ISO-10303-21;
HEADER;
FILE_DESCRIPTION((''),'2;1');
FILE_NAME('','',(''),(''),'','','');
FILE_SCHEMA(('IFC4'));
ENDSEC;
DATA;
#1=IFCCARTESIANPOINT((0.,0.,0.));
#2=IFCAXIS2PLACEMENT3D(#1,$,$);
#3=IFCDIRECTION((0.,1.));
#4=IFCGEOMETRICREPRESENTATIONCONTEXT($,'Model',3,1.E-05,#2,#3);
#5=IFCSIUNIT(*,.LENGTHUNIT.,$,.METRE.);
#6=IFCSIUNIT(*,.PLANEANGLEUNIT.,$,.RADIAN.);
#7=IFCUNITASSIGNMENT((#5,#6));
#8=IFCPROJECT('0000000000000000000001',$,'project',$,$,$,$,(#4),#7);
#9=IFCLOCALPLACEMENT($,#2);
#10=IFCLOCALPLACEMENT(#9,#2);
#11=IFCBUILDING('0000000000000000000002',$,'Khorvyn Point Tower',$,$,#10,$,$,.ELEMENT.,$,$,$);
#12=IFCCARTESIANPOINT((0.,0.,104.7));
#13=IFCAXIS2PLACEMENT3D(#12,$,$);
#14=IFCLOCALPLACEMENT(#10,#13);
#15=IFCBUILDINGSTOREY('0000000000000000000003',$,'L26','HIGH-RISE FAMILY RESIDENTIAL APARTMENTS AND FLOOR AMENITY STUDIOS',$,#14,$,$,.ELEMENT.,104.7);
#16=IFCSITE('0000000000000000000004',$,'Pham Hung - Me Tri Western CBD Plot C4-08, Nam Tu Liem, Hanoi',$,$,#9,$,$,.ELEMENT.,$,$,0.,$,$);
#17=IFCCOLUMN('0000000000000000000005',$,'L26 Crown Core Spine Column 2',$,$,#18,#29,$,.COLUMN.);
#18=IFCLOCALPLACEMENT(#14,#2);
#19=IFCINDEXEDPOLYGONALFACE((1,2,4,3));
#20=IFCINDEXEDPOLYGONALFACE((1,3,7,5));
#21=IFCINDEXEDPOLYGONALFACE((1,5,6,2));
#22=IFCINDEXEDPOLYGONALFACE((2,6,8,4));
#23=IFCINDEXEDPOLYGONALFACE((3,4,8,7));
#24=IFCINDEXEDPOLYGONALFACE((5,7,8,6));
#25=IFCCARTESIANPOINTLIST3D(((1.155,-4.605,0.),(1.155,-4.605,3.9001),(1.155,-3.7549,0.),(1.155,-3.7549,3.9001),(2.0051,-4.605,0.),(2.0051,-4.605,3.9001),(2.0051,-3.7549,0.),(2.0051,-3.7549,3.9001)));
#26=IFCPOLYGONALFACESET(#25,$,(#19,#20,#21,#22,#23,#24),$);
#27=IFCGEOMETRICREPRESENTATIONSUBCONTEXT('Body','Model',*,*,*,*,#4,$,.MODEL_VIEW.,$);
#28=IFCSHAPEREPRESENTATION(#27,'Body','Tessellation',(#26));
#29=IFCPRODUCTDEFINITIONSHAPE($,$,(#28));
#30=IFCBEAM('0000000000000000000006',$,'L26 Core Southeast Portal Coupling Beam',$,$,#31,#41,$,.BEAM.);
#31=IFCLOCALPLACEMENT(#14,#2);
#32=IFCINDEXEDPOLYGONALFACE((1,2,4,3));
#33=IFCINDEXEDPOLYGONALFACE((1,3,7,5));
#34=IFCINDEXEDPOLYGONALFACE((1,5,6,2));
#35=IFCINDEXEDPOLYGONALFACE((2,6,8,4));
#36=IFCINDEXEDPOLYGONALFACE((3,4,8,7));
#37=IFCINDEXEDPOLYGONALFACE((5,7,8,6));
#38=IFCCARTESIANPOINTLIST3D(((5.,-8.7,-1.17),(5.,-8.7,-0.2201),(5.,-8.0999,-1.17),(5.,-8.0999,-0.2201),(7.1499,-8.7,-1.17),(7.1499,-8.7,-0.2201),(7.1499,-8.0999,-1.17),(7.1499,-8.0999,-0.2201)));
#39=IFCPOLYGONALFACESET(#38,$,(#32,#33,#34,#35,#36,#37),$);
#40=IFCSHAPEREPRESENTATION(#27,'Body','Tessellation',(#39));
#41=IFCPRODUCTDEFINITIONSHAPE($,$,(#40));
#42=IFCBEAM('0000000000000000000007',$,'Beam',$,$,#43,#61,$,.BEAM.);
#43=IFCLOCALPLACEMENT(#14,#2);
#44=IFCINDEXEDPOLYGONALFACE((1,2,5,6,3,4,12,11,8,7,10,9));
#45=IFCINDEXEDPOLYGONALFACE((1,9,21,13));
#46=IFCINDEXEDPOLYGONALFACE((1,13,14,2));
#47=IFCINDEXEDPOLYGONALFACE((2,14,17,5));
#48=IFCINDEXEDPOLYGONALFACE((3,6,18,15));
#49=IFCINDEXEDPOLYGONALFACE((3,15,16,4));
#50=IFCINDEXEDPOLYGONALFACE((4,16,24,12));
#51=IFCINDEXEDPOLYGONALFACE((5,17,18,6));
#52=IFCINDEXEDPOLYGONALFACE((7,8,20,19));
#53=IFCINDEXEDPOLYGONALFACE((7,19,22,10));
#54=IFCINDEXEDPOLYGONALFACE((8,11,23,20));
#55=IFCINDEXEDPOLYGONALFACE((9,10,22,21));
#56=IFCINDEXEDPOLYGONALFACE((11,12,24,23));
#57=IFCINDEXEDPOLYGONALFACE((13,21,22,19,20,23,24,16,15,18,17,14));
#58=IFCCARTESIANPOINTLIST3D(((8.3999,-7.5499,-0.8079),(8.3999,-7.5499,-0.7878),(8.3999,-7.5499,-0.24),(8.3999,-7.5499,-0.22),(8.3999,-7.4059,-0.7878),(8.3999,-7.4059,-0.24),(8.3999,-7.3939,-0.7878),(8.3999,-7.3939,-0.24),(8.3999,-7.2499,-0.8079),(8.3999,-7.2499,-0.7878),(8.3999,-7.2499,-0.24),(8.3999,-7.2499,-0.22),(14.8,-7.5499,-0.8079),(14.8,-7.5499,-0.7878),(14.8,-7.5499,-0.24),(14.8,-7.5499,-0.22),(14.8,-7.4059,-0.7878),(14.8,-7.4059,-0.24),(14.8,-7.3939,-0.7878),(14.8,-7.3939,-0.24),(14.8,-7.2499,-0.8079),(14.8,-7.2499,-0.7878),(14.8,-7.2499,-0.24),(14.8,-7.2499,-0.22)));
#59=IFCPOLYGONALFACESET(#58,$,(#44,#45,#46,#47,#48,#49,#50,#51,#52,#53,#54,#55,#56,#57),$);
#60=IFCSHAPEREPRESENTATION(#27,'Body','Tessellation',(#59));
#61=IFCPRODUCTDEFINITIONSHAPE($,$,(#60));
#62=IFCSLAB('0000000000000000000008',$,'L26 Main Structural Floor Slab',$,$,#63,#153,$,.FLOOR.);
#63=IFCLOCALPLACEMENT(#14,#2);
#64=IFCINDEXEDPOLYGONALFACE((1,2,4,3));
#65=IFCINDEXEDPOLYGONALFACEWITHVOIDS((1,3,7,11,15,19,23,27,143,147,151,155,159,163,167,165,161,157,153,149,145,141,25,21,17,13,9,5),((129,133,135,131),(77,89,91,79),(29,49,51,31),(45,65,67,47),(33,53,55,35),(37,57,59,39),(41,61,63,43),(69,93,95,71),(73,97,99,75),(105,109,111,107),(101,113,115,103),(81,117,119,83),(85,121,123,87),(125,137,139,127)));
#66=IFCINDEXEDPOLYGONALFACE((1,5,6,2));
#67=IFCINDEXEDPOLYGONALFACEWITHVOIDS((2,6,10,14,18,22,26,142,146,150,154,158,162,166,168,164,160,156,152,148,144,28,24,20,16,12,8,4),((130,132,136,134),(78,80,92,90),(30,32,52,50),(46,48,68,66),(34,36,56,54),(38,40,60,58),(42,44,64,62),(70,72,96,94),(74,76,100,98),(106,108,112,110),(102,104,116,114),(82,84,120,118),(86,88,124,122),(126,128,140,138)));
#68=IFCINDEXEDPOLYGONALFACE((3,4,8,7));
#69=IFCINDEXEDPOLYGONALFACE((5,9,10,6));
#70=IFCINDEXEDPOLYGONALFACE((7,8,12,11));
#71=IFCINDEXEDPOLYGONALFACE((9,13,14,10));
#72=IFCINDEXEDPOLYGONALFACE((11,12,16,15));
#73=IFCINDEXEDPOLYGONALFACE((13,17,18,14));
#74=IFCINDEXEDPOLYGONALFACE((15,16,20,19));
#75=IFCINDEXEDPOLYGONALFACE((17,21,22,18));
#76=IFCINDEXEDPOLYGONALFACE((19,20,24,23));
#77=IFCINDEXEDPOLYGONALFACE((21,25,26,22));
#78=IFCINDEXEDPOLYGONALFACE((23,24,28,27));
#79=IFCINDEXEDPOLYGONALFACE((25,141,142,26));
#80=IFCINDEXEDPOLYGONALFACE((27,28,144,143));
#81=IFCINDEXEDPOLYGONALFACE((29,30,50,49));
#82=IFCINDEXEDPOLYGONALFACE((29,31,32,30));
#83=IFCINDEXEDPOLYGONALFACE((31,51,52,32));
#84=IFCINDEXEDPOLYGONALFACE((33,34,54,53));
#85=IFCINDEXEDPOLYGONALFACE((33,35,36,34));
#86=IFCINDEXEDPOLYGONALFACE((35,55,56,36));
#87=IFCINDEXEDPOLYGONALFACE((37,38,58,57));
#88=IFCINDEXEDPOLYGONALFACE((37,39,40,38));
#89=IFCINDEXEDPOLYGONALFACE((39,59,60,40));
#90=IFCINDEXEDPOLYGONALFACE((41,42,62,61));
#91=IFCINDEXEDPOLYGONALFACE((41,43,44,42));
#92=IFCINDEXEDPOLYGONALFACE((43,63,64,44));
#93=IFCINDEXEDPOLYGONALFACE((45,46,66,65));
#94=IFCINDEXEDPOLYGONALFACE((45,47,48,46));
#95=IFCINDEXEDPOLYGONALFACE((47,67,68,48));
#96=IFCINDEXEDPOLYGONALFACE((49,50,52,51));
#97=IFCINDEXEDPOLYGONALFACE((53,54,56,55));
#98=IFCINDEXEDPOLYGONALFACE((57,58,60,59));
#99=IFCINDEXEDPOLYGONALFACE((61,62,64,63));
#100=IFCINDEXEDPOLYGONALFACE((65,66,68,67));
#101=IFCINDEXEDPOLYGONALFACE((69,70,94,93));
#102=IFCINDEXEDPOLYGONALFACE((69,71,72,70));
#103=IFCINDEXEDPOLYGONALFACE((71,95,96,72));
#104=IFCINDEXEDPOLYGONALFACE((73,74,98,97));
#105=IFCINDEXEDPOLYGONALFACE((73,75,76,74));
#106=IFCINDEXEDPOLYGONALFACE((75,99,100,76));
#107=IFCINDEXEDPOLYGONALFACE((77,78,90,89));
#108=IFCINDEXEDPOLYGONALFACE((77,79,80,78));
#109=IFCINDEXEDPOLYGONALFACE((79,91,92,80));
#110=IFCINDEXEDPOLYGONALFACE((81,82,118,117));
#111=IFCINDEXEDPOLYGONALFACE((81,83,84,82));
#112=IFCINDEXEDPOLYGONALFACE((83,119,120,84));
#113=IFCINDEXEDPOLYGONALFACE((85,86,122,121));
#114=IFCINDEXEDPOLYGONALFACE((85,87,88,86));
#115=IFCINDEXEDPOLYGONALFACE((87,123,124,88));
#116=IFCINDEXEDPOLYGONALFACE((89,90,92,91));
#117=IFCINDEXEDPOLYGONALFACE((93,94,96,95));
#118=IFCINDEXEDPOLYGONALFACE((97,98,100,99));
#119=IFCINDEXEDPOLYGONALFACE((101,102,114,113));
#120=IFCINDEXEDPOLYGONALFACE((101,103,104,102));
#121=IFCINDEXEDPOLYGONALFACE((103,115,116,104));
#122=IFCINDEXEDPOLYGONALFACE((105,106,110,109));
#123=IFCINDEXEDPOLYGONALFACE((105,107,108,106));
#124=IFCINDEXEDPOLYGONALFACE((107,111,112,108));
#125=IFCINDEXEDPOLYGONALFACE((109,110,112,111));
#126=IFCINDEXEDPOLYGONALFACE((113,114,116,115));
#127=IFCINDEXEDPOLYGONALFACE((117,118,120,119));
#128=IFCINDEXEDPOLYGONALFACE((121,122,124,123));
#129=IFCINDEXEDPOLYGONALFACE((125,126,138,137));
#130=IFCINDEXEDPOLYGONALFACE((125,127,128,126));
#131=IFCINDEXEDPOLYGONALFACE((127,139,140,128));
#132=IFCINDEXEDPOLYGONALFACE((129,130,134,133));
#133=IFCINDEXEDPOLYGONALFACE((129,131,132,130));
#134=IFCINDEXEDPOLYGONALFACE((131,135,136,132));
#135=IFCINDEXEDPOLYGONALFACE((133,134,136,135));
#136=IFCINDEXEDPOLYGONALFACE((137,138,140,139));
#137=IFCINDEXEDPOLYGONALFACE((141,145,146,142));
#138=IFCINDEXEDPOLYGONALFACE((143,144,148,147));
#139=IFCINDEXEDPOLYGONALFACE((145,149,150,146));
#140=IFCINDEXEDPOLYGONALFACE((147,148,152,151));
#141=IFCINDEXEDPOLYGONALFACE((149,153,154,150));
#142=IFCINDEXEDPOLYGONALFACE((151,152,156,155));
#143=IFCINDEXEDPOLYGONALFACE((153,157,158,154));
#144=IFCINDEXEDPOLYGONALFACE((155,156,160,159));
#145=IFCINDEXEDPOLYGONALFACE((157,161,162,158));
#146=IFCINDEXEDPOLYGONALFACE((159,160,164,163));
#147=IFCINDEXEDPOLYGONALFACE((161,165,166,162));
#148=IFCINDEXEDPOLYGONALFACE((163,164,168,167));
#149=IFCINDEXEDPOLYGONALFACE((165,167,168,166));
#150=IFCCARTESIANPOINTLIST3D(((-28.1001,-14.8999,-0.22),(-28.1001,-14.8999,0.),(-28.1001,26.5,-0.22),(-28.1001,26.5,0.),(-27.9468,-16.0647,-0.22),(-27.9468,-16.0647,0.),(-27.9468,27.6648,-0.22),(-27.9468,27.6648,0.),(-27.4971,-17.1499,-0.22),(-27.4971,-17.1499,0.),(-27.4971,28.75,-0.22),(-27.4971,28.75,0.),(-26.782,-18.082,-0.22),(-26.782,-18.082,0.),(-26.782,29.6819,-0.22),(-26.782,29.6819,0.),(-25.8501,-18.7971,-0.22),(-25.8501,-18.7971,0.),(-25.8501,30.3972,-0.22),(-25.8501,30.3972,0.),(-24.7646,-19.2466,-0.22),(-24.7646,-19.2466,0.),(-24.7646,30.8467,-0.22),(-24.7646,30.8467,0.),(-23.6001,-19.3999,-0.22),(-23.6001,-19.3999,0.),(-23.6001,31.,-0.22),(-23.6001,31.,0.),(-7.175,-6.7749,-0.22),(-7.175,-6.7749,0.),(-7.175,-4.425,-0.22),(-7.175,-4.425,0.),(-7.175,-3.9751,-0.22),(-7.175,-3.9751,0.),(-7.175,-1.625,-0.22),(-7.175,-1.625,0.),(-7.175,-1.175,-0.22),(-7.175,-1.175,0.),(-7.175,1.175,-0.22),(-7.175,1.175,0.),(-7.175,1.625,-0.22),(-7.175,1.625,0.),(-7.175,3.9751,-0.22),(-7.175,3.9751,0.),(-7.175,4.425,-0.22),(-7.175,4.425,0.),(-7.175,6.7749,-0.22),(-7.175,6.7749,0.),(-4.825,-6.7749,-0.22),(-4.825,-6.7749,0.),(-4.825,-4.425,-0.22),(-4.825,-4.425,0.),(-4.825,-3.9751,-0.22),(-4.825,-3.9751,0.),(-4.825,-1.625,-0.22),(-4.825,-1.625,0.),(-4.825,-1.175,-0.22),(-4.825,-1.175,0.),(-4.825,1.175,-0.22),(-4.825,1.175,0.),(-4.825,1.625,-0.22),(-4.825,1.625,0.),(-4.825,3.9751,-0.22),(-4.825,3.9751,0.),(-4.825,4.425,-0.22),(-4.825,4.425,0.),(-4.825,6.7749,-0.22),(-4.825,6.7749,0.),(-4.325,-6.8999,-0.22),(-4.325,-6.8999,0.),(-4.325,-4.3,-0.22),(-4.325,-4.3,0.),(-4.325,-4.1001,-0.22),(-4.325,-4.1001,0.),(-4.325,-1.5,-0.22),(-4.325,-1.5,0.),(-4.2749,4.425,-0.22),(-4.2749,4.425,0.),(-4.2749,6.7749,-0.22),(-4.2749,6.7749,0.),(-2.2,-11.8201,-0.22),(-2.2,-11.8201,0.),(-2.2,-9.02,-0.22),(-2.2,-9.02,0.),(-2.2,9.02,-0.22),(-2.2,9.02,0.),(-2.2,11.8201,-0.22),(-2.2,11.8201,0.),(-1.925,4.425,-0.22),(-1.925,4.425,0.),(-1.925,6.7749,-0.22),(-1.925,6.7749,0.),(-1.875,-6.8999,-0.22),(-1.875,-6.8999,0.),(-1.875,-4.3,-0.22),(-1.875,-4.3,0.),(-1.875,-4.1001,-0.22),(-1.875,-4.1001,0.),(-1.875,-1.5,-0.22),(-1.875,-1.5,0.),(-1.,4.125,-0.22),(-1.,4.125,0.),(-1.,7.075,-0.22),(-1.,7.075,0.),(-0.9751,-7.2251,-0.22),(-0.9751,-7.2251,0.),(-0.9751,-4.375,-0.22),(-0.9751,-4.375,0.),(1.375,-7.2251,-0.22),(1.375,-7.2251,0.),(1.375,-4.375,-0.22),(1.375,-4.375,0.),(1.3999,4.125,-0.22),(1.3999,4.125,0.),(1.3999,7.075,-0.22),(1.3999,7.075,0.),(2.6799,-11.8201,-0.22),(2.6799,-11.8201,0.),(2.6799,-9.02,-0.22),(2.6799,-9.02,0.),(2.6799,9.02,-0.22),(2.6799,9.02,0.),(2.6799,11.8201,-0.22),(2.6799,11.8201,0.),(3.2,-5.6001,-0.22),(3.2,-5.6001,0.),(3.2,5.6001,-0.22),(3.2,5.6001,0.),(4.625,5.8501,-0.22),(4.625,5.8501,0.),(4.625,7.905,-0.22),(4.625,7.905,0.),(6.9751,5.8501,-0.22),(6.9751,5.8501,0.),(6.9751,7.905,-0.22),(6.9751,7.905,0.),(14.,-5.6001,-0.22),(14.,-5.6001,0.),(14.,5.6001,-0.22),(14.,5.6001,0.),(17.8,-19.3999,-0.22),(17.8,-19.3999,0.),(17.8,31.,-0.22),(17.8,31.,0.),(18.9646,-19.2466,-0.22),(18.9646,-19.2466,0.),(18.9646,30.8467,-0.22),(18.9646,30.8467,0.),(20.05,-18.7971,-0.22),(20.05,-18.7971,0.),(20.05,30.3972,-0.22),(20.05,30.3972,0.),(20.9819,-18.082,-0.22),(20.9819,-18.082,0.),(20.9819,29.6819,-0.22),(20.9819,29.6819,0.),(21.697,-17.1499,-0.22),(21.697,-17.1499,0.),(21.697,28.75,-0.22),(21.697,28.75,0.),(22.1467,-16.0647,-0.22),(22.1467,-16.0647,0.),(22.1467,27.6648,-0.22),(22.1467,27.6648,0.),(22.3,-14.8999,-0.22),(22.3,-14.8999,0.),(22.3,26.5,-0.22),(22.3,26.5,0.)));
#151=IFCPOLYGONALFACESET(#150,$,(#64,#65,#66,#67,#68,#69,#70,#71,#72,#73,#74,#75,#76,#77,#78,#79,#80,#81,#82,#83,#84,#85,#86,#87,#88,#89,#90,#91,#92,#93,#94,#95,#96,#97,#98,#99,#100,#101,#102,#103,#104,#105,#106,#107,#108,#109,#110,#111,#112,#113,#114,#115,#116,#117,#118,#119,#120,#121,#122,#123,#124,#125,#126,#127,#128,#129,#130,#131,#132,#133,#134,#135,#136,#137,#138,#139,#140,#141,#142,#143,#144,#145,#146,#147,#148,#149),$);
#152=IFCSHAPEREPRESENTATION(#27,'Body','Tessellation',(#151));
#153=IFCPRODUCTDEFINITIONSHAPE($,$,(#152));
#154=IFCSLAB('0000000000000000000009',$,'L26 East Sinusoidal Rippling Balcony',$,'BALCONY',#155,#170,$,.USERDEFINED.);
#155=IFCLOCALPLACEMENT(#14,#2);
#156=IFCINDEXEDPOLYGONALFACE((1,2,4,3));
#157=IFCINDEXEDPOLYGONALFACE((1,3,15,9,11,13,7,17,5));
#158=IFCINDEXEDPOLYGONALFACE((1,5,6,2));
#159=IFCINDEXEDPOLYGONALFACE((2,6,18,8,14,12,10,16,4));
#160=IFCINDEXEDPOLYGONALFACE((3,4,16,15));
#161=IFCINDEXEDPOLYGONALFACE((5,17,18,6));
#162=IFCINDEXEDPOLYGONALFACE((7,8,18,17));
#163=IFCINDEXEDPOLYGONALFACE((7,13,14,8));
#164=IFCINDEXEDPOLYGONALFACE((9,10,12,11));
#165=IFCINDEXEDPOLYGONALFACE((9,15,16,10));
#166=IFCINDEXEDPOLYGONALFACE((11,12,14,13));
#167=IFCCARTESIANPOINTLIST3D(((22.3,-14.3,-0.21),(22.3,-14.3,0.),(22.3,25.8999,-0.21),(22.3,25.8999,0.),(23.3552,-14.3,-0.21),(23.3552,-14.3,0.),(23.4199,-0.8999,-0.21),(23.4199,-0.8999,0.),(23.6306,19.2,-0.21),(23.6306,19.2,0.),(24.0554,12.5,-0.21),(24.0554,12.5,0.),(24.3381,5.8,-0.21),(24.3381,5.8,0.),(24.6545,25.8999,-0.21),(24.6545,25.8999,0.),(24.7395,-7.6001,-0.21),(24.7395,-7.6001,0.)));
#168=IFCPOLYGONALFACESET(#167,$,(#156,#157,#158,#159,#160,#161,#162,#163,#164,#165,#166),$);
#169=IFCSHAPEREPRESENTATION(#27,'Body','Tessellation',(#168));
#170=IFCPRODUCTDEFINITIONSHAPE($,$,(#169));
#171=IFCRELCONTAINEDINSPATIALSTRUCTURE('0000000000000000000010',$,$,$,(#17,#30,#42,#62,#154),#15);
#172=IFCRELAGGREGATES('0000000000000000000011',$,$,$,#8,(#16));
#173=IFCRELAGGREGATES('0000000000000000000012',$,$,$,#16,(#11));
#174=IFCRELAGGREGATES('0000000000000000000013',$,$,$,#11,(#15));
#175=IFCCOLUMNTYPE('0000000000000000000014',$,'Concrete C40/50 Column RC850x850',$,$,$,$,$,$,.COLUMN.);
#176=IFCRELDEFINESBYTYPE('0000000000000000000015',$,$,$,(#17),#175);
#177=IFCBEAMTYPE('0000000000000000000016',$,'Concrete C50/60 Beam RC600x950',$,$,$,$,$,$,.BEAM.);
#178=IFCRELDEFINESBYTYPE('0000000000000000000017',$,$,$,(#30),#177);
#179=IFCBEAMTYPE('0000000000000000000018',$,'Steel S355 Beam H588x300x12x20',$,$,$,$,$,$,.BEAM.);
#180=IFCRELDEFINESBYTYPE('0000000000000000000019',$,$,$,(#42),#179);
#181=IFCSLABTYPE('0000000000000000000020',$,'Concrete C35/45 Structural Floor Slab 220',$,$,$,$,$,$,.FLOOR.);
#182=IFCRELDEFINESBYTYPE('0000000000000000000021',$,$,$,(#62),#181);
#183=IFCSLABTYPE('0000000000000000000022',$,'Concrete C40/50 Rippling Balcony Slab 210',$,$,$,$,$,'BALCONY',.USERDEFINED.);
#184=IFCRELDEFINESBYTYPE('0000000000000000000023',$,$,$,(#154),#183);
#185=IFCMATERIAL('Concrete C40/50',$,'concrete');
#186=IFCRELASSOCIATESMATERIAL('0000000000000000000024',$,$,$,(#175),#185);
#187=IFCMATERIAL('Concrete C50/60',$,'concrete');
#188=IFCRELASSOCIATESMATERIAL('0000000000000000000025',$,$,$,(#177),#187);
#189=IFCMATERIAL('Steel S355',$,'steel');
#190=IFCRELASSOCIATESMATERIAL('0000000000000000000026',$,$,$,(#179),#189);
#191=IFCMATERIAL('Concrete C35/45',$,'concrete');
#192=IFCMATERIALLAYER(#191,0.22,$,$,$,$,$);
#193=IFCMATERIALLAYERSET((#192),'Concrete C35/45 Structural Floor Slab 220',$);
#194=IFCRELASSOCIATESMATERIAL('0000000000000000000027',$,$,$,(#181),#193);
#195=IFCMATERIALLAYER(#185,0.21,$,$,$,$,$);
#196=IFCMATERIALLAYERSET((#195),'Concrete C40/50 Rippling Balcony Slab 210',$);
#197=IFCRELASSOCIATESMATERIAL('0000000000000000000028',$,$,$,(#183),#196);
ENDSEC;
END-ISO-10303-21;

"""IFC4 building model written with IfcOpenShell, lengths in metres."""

from ifc_helpers import new_model, si_unit, direction, frame, origin, origin_2d, place, context, subcontext, project, spatial, polyline, rectangle, i_section, outline, extrude, material, layer, layer_set, material_profile, profile_set, type_object, element, save


model = new_model("IFC4")

# Units and contexts
model_context = context("Model", 3, precision=1e-05, world=origin(), true_north=direction((0.0, 1.0)))
body_context = subcontext(model_context, "Body", "Model", "MODEL_VIEW")
ifc_project = project(units=[si_unit("LENGTHUNIT", "METRE"), si_unit("PLANEANGLEUNIT", "RADIAN")], contexts=[model_context])

# Site, building, storey
site_placement = place(None, origin())
site = spatial("IfcSite", under=ifc_project, at=site_placement, Name="Pham Hung - Me Tri Western CBD Plot C4-08, Nam Tu Liem, Hanoi", CompositionType="ELEMENT", RefElevation=0.0)
building_placement = place(site_placement, origin())
building = spatial("IfcBuilding", under=site, at=building_placement, Name="Khorvyn Point Tower", CompositionType="ELEMENT")
storey_placement = place(building_placement, frame((0.0, 0.0, 104.7)))
storey = spatial("IfcBuildingStorey", under=building, at=storey_placement, Name="L26", Description="HIGH-RISE FAMILY RESIDENTIAL APARTMENTS AND FLOOR AMENITY STUDIOS", CompositionType="ELEMENT", Elevation=104.7)

# Column
ifc_material_1 = material(Name="Concrete C40/50", Category="concrete")
ifc_material_profile_1 = material_profile(ifc_material_1, rectangle(XDim=0.8501, YDim=0.8501, at=origin_2d()))
ifc_profile_set_1 = profile_set([ifc_material_profile_1], Name="Concrete C40/50 RC850x850")
column_type = type_object("IfcColumnType", Name="Concrete C40/50 Column RC850x850", PredefinedType="COLUMN", material=ifc_profile_set_1)
column_placement = place(storey_placement, frame((1.5801, -4.1799, 0.0), z_axis=(0.0, 0.0, 1.0), x_axis=(1.0, 0.0, 0.0)))
element("IfcColumn", 1, at=column_placement, inside=storey, type_object=column_type, Name="L26 Crown Core Spine Column 2", PredefinedType="COLUMN", context=body_context, shape_type="SweptSolid", body=[
    extrude(rectangle(XDim=0.8501, YDim=0.8501, at=origin_2d()), origin(), (0.0, 0.0, 1.0), 3.9001),
])

# Beams
ifc_material_2 = material(Name="Concrete C50/60", Category="concrete")
ifc_material_profile_2 = material_profile(ifc_material_2, rectangle(XDim=0.6001, YDim=0.95, at=origin_2d()))
ifc_profile_set_2 = profile_set([ifc_material_profile_2], Name="Concrete C50/60 RC600x950")
beam_type_1 = type_object("IfcBeamType", Name="Concrete C50/60 Beam RC600x950", PredefinedType="BEAM", material=ifc_profile_set_2)
beam_1_placement = place(storey_placement, frame((5.0, -8.3999, -0.6951), z_axis=(1.0, 0.0, 0.0), x_axis=(0.0, 1.0, 0.0)))
element("IfcBeam", 2, at=beam_1_placement, inside=storey, type_object=beam_type_1, Name="L26 Core Southeast Portal Coupling Beam", PredefinedType="BEAM", context=body_context, shape_type="SweptSolid", body=[
    extrude(rectangle(XDim=0.6001, YDim=0.95, at=origin_2d()), origin(), (0.0, 0.0, 1.0), 2.1499),
])
ifc_material_3 = material(Name="Steel S355", Category="steel")
ifc_material_profile_3 = material_profile(ifc_material_3, i_section(OverallWidth=0.3, OverallDepth=0.5879, WebThickness=0.012, FlangeThickness=0.02, at=origin_2d()))
ifc_profile_set_3 = profile_set([ifc_material_profile_3], Name="Steel S355 H588x300x12x20")
beam_type_2 = type_object("IfcBeamType", Name="Steel S355 Beam H588x300x12x20", PredefinedType="BEAM", material=ifc_profile_set_3)
beam_2_placement = place(storey_placement, frame((8.3999, -7.3999, -0.5139), z_axis=(1.0, 0.0, 0.0), x_axis=(0.0, 1.0, 0.0)))
element("IfcBeam", 3, at=beam_2_placement, inside=storey, type_object=beam_type_2, Name="Beam", PredefinedType="BEAM", context=body_context, shape_type="SweptSolid", body=[
    extrude(i_section(OverallWidth=0.3, OverallDepth=0.5879, WebThickness=0.012, FlangeThickness=0.02, at=origin_2d()), origin(), (0.0, 0.0, 1.0), 6.4001),
])

# Slabs
ifc_material_4 = material(Name="Concrete C35/45", Category="concrete")
ifc_layer_1 = layer(ifc_material_4, 0.22)
ifc_layer_set_1 = layer_set([ifc_layer_1], Name="Concrete C35/45 Structural Floor Slab 220")
slab_type_1 = type_object("IfcSlabType", Name="Concrete C35/45 Structural Floor Slab 220", PredefinedType="FLOOR", material=ifc_layer_set_1)
slab_1_placement = place(storey_placement, frame((0.0, 0.0, -0.22)))
element("IfcSlab", 4, at=slab_1_placement, inside=storey, type_object=slab_type_1, Name="L26 Main Structural Floor Slab", PredefinedType="FLOOR", context=body_context, shape_type="SweptSolid", body=[
    extrude(outline(polyline([(-23.6001, -19.3999), (-24.7646, -19.2466), (-25.8501, -18.7971), (-26.782, -18.082), (-27.4971, -17.1499), (-27.9468, -16.0647), (-28.1001, -14.8999), (-28.1001, 26.5), (-27.9468, 27.6648), (-27.4971, 28.75), (-26.782, 29.6819), (-25.8501, 30.3972), (-24.7646, 30.8467), (-23.6001, 31.0), (17.8, 31.0), (18.9646, 30.8467), (20.05, 30.3972), (20.9819, 29.6819), (21.697, 28.75), (22.1467, 27.6648), (22.3, 26.5), (22.3, -14.8999), (22.1467, -16.0647), (21.697, -17.1499), (20.9819, -18.082), (20.05, -18.7971), (18.9646, -19.2466), (17.8, -19.3999), (-23.6001, -19.3999)]), holes=[polyline([(-4.825, -6.7749), (-4.825, -4.425), (-7.175, -4.425), (-7.175, -6.7749), (-4.825, -6.7749)]), polyline([(-4.325, -6.8999), (-1.875, -6.8999), (-1.875, -4.3), (-4.325, -4.3), (-4.325, -6.8999)]), polyline([(-7.175, -3.9751), (-4.825, -3.9751), (-4.825, -1.625), (-7.175, -1.625), (-7.175, -3.9751)]), polyline([(-7.175, -1.175), (-4.825, -1.175), (-4.825, 1.175), (-7.175, 1.175), (-7.175, -1.175)]), polyline([(-7.175, 1.625), (-4.825, 1.625), (-4.825, 3.9751), (-7.175, 3.9751), (-7.175, 1.625)]), polyline([(-7.175, 4.425), (-4.825, 4.425), (-4.825, 6.7749), (-7.175, 6.7749), (-7.175, 4.425)]), polyline([(-4.2749, 4.425), (-1.925, 4.425), (-1.925, 6.7749), (-4.2749, 6.7749), (-4.2749, 4.425)]), polyline([(2.6799, -11.8201), (2.6799, -9.02), (-2.2, -9.02), (-2.2, -11.8201), (2.6799, -11.8201)]), polyline([(-0.9751, -7.2251), (1.375, -7.2251), (1.375, -4.375), (-0.9751, -4.375), (-0.9751, -7.2251)]), polyline([(-4.325, -4.1001), (-1.875, -4.1001), (-1.875, -1.5), (-4.325, -1.5), (-4.325, -4.1001)]), polyline([(3.2, -5.6001), (14.0, -5.6001), (14.0, 5.6001), (3.2, 5.6001), (3.2, -5.6001)]), polyline([(-1.0, 4.125), (1.3999, 4.125), (1.3999, 7.075), (-1.0, 7.075), (-1.0, 4.125)]), polyline([(4.625, 5.8501), (6.9751, 5.8501), (6.9751, 7.905), (4.625, 7.905), (4.625, 5.8501)]), polyline([(-2.2, 9.02), (2.6799, 9.02), (2.6799, 11.8201), (-2.2, 11.8201), (-2.2, 9.02)])]), origin(), (0.0, 0.0, 1.0), 0.22),
])
ifc_layer_2 = layer(ifc_material_1, 0.21)
ifc_layer_set_2 = layer_set([ifc_layer_2], Name="Concrete C40/50 Rippling Balcony Slab 210")
slab_type_2 = type_object("IfcSlabType", Name="Concrete C40/50 Rippling Balcony Slab 210", ElementType="BALCONY", PredefinedType="USERDEFINED", material=ifc_layer_set_2)
slab_2_placement = place(storey_placement, frame((0.0, 0.0, -0.21)))
element("IfcSlab", 5, at=slab_2_placement, inside=storey, type_object=slab_type_2, Name="L26 East Sinusoidal Rippling Balcony", ObjectType="BALCONY", PredefinedType="USERDEFINED", context=body_context, shape_type="SweptSolid", body=[
    extrude(outline(polyline([(22.3, -14.3), (23.3552, -14.3), (24.7395, -7.6001), (23.4199, -0.8999), (24.3381, 5.8), (24.0554, 12.5), (23.6306, 19.2), (24.6545, 25.8999), (22.3, 25.8999), (22.3, -14.3)])), origin(), (0.0, 0.0, 1.0), 0.21),
])

save(model, "model.ifc")
